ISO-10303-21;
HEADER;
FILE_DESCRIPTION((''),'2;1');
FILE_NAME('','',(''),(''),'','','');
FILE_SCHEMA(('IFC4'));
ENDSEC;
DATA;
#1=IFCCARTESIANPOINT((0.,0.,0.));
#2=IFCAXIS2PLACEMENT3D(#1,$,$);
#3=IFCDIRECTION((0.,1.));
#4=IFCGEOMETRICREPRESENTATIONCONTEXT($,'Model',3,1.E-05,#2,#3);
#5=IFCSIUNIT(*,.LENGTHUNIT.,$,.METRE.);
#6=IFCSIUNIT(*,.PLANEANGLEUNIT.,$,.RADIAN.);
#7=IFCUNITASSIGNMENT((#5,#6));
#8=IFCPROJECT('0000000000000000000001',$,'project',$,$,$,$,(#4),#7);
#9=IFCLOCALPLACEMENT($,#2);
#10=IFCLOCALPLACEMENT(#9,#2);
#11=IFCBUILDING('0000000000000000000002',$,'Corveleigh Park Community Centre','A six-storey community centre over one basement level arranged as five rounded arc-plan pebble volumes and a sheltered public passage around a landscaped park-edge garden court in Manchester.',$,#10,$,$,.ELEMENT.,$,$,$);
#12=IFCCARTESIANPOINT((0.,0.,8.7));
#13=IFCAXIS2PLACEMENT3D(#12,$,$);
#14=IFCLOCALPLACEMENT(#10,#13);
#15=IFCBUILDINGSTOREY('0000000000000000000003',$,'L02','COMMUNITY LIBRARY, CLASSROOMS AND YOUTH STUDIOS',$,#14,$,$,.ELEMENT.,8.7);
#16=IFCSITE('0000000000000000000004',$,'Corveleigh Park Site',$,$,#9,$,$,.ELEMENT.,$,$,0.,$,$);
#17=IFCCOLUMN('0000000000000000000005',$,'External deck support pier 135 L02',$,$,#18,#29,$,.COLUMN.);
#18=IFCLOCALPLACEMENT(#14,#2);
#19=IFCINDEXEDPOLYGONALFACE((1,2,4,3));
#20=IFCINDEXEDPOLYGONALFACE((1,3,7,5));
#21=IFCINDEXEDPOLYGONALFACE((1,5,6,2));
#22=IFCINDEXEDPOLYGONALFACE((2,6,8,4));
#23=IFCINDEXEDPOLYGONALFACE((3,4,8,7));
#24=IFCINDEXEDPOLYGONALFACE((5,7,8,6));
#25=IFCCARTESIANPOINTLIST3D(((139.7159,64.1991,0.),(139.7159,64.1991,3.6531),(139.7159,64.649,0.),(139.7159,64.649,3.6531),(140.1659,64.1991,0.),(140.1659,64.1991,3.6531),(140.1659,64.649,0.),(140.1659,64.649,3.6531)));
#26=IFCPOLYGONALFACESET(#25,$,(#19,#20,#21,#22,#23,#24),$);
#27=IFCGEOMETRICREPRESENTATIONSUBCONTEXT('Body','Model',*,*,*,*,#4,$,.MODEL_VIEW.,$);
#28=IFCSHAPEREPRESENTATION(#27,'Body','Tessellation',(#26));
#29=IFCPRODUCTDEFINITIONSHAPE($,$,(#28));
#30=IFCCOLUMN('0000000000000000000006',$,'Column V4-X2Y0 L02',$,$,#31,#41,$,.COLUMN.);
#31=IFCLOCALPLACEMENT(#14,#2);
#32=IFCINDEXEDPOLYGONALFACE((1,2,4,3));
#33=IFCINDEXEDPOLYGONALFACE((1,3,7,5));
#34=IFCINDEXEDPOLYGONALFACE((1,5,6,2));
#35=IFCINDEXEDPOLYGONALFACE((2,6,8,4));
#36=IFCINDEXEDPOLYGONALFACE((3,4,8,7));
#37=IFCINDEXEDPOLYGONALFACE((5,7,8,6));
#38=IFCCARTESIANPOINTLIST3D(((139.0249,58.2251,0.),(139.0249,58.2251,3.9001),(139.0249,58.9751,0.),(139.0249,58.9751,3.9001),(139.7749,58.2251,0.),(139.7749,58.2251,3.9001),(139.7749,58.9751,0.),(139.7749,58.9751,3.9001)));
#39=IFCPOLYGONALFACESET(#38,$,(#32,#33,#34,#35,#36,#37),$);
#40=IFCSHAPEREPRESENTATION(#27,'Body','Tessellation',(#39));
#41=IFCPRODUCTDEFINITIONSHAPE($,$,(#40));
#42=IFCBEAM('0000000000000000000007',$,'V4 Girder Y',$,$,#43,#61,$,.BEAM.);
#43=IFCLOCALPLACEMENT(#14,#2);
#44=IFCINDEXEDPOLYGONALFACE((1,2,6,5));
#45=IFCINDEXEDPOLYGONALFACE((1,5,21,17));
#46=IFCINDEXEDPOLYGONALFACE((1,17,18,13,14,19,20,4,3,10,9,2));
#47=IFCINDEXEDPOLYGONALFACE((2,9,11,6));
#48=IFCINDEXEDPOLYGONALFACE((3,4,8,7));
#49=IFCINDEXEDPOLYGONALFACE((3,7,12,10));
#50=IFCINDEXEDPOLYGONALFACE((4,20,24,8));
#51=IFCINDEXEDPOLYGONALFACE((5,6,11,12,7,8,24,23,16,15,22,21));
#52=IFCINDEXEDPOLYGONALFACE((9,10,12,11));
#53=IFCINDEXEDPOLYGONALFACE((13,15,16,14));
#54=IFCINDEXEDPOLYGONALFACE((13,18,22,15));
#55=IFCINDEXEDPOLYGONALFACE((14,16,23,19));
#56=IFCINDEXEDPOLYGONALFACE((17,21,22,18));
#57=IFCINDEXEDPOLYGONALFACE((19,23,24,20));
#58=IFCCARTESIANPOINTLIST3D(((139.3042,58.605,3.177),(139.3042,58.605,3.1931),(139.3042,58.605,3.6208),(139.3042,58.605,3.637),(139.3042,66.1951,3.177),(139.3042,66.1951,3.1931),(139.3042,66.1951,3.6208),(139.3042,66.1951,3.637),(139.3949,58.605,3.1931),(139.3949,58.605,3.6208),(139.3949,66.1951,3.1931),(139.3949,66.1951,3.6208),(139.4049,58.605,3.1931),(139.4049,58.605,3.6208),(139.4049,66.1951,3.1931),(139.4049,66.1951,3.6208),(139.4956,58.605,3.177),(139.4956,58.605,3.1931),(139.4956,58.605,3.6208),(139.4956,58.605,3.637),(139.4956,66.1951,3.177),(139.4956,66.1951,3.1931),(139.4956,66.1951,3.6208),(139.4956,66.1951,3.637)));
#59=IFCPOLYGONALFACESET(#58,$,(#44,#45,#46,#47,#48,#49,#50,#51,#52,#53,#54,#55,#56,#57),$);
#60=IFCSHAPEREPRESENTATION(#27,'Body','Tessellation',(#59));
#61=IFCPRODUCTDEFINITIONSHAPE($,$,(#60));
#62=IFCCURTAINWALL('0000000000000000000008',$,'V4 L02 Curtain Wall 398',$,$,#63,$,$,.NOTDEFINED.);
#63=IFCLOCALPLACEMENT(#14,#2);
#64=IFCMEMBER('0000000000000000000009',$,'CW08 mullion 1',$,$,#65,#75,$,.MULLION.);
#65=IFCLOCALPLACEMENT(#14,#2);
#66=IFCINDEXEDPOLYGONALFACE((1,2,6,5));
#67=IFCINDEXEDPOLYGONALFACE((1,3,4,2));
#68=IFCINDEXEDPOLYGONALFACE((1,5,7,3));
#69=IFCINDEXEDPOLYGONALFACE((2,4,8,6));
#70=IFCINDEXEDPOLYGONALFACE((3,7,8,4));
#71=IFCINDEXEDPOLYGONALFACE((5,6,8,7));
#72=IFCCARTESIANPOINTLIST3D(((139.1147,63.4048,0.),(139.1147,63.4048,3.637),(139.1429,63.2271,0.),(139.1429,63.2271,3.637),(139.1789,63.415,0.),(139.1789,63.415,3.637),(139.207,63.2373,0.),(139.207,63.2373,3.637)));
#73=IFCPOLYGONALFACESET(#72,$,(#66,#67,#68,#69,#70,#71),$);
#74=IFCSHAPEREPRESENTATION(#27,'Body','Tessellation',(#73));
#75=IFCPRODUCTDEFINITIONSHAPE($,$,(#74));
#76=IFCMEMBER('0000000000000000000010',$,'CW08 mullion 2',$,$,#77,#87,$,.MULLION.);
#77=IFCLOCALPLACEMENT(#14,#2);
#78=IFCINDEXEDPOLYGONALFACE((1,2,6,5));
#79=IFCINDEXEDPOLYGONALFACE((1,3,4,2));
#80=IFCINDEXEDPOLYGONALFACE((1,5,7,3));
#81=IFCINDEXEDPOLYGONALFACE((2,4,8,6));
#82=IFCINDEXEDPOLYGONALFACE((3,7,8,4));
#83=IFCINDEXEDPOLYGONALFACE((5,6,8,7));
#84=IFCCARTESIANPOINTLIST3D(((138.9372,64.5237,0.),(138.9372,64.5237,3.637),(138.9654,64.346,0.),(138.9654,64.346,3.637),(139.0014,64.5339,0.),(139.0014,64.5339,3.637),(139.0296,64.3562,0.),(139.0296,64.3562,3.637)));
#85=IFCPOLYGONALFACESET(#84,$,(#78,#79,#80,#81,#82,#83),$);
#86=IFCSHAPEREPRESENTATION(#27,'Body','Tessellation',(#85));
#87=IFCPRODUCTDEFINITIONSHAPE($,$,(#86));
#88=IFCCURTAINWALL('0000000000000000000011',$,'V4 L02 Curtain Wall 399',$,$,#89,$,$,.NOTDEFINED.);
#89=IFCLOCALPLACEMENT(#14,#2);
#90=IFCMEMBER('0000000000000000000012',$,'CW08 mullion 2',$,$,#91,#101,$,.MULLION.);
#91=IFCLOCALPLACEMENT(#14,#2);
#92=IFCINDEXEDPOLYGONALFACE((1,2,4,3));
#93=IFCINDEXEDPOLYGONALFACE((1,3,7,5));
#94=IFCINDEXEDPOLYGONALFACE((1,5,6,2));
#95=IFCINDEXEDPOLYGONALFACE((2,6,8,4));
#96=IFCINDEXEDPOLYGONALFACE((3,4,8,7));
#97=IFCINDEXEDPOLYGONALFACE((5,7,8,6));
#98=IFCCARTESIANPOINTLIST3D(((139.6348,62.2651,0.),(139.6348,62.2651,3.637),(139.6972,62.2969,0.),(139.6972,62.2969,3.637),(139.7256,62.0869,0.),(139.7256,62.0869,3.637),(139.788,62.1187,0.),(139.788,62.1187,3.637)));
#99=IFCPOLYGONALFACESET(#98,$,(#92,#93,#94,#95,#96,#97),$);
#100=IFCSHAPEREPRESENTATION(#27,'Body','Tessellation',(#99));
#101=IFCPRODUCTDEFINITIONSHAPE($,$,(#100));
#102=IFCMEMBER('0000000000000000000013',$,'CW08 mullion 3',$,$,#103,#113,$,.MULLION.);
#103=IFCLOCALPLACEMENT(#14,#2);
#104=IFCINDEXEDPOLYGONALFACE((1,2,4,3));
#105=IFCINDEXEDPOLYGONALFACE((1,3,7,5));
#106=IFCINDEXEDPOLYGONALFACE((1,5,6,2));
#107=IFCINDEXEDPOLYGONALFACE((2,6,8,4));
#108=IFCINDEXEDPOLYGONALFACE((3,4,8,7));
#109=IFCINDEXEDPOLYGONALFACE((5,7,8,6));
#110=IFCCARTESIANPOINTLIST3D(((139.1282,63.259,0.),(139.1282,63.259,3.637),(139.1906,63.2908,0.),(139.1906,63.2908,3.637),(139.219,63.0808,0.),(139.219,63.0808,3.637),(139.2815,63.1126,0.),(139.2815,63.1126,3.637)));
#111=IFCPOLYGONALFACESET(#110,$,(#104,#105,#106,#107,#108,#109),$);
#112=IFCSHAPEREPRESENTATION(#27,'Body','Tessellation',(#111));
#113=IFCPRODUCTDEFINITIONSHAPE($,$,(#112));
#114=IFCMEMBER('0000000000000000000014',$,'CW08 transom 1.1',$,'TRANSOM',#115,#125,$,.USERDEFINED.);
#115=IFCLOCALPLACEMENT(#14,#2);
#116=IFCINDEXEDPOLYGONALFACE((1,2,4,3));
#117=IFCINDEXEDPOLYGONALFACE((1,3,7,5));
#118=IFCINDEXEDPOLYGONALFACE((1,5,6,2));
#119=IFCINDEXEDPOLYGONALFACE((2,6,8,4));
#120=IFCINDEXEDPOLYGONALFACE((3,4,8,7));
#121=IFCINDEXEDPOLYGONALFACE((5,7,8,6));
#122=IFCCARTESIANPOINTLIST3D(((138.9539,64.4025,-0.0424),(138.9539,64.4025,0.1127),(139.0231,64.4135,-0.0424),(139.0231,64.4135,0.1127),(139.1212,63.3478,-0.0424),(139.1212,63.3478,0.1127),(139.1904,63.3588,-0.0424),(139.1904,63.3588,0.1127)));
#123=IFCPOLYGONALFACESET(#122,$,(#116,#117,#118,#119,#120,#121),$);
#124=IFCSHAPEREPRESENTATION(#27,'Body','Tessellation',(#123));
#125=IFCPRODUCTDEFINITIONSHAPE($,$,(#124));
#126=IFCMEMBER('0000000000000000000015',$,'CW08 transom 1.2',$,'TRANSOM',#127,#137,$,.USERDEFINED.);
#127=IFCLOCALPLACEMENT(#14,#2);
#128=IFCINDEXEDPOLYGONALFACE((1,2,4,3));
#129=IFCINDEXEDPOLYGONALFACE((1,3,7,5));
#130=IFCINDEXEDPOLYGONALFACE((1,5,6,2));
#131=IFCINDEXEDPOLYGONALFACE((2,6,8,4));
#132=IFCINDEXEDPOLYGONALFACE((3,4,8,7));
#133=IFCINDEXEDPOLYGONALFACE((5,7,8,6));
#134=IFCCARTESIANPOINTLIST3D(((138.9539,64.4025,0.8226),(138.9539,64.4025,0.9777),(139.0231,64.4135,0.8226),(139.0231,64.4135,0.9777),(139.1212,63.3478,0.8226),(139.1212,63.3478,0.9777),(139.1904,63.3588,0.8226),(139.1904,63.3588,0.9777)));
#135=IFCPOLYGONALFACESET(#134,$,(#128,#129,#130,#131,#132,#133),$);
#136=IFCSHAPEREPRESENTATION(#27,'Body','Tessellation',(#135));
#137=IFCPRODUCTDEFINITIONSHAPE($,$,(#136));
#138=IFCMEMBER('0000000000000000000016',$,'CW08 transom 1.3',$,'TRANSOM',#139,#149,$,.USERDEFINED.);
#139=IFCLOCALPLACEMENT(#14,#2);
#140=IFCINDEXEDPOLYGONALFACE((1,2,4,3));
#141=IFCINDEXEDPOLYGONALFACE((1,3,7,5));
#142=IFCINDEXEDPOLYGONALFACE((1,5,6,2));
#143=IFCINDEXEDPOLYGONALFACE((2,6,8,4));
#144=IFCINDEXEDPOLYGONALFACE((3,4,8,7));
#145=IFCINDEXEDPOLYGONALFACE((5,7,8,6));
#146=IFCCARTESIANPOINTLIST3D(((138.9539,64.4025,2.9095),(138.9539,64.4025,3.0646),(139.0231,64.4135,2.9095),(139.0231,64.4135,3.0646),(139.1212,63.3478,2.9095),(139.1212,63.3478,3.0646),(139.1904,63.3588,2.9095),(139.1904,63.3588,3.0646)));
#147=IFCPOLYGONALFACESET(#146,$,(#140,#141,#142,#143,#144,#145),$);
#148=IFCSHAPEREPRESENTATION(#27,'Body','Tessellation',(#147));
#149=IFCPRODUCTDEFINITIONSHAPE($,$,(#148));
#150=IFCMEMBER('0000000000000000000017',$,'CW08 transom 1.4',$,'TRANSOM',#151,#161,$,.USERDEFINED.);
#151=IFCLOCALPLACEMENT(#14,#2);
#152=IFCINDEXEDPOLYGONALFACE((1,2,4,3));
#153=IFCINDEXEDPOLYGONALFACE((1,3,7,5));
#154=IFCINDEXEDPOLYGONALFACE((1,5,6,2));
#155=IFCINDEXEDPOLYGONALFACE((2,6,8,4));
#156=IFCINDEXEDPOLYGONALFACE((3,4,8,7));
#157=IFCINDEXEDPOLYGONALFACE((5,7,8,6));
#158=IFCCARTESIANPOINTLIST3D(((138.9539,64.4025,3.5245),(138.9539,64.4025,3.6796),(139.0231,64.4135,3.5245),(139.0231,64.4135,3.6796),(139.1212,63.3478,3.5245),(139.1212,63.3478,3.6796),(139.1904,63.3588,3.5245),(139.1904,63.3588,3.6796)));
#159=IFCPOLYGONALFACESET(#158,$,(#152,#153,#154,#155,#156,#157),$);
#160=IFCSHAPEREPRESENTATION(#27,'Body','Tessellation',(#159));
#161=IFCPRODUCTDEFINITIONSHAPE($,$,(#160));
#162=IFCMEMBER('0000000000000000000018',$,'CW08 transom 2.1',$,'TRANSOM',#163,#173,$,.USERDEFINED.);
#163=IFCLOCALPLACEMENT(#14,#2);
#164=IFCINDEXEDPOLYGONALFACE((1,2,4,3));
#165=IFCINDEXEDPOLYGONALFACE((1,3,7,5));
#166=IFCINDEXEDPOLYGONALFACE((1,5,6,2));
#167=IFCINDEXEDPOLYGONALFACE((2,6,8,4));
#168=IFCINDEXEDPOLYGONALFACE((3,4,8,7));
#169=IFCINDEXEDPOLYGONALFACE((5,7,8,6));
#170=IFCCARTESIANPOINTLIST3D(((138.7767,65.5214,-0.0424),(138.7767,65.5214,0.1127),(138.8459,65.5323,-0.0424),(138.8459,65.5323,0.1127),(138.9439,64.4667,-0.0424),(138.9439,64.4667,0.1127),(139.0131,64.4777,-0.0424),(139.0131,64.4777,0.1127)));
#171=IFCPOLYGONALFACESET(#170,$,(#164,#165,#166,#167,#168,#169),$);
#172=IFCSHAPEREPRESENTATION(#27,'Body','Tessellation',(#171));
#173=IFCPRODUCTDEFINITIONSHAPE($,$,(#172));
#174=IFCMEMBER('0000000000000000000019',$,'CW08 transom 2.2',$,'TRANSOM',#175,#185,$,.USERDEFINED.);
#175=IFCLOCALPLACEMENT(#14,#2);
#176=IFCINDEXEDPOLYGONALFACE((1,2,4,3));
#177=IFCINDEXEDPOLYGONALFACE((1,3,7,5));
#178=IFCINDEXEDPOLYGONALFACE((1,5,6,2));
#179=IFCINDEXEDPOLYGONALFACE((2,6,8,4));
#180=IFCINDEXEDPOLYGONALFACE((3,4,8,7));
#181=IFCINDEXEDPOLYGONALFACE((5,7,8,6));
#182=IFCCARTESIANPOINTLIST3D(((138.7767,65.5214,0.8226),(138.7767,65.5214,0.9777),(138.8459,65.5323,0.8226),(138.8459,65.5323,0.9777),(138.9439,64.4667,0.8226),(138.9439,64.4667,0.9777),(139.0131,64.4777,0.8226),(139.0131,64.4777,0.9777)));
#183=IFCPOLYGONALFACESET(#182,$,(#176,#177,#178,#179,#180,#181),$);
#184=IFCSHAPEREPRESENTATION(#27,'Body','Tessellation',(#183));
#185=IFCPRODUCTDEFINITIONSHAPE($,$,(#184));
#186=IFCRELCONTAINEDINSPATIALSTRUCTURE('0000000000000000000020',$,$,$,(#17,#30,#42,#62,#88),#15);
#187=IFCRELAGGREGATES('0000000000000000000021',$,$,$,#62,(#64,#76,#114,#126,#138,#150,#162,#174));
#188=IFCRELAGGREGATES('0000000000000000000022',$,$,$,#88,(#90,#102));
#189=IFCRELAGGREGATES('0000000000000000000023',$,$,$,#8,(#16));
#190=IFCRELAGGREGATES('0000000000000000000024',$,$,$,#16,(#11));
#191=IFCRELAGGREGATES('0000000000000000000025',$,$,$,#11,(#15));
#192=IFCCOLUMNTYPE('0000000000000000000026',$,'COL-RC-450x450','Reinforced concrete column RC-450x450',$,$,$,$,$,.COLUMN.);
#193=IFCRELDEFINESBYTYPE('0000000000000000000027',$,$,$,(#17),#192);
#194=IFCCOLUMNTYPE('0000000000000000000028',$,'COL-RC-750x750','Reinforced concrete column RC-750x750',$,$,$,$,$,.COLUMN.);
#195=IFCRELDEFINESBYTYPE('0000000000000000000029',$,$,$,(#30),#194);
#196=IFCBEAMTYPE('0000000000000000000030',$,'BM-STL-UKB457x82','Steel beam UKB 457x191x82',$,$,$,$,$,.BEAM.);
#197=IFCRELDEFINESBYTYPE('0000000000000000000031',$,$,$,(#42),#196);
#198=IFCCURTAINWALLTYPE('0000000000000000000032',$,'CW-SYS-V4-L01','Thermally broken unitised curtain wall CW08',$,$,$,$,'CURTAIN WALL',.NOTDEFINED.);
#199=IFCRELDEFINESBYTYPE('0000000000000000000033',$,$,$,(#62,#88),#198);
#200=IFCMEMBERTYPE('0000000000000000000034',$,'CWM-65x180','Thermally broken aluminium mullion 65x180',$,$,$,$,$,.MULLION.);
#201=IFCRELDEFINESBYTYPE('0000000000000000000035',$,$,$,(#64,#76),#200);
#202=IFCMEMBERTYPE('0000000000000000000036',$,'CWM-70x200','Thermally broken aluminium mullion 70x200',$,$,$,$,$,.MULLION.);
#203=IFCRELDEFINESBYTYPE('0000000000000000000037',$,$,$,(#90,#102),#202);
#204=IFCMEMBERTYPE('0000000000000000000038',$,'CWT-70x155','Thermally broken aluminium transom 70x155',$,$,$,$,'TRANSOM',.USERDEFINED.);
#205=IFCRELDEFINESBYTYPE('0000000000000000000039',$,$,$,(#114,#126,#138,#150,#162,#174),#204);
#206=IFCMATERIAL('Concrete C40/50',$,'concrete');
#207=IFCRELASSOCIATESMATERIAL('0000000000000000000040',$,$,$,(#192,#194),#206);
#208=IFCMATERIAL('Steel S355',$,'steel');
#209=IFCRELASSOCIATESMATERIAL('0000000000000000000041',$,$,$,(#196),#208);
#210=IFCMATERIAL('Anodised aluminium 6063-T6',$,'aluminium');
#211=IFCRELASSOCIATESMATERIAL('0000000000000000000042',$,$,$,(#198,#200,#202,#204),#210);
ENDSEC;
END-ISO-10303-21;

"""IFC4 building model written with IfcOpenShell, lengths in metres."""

from ifc_helpers import new_model, si_unit, direction, frame, origin, origin_2d, place, context, subcontext, project, spatial, rectangle, i_section, extrude, material, material_profile, profile_set, type_object, element, aggregate, save


model = new_model("IFC4")

# Units and contexts
model_context = context("Model", 3, precision=1e-05, world=origin(), true_north=direction((0.0, 1.0)))
body_context = subcontext(model_context, "Body", "Model", "MODEL_VIEW")
ifc_project = project(units=[si_unit("LENGTHUNIT", "METRE"), si_unit("PLANEANGLEUNIT", "RADIAN")], contexts=[model_context])

# Site, building, storey
site_placement = place(None, origin())
site = spatial("IfcSite", under=ifc_project, at=site_placement, Name="Corveleigh Park Site", CompositionType="ELEMENT", RefElevation=0.0)
building_placement = place(site_placement, origin())
building = spatial("IfcBuilding", under=site, at=building_placement, Name="Corveleigh Park Community Centre", Description="A six-storey community centre over one basement level arranged as five rounded arc-plan pebble volumes and a sheltered public passage around a landscaped park-edge garden court in Manchester.", CompositionType="ELEMENT")
storey_placement = place(building_placement, frame((0.0, 0.0, 8.7)))
storey = spatial("IfcBuildingStorey", under=building, at=storey_placement, Name="L02", Description="COMMUNITY LIBRARY, CLASSROOMS AND YOUTH STUDIOS", CompositionType="ELEMENT", Elevation=8.7)

# Columns
ifc_material_1 = material(Name="Concrete C40/50", Category="concrete")
ifc_material_profile_1 = material_profile(ifc_material_1, rectangle(XDim=0.45, YDim=0.45, at=origin_2d()), Name="RC-450x450", Category="concrete")
ifc_profile_set_1 = profile_set([ifc_material_profile_1], Name="Concrete C40/50")
column_type_1 = type_object("IfcColumnType", Name="COL-RC-450x450", Description="Reinforced concrete column RC-450x450", PredefinedType="COLUMN", material=ifc_profile_set_1)
column_1_placement = place(storey_placement, frame((139.9409, 64.4241, 0.0), z_axis=(0.0, 0.0, 1.0), x_axis=(1.0, 0.0, 0.0)))
element("IfcColumn", 1, at=column_1_placement, inside=storey, type_object=column_type_1, Name="External deck support pier 135 L02", PredefinedType="COLUMN", context=body_context, shape_type="SweptSolid", body=[
    extrude(rectangle(XDim=0.45, YDim=0.45, at=origin_2d()), origin(), (0.0, 0.0, 1.0), 3.6531),
])
ifc_material_profile_2 = material_profile(ifc_material_1, rectangle(XDim=0.75, YDim=0.75, at=origin_2d()), Name="RC-750x750", Category="concrete")
ifc_profile_set_2 = profile_set([ifc_material_profile_2], Name="Concrete C40/50")
column_type_2 = type_object("IfcColumnType", Name="COL-RC-750x750", Description="Reinforced concrete column RC-750x750", PredefinedType="COLUMN", material=ifc_profile_set_2)
column_2_placement = place(storey_placement, frame((139.3999, 58.6001, 0.0), z_axis=(0.0, 0.0, 1.0), x_axis=(1.0, 0.0, 0.0)))
element("IfcColumn", 2, at=column_2_placement, inside=storey, type_object=column_type_2, Name="Column V4-X2Y0 L02", PredefinedType="COLUMN", context=body_context, shape_type="SweptSolid", body=[
    extrude(rectangle(XDim=0.75, YDim=0.75, at=origin_2d()), origin(), (0.0, 0.0, 1.0), 3.9001),
])

# Beam
ifc_material_2 = material(Name="Steel S355", Category="steel")
ifc_material_profile_3 = material_profile(ifc_material_2, i_section(OverallWidth=0.1914, OverallDepth=0.46, WebThickness=0.01, FlangeThickness=0.0161, at=origin_2d()), Name="UKB 457x191x82", Category="steel")
ifc_profile_set_3 = profile_set([ifc_material_profile_3], Name="Steel S355")
beam_type_1 = type_object("IfcBeamType", Name="BM-STL-UKB457x82", Description="Steel beam UKB 457x191x82", PredefinedType="BEAM", material=ifc_profile_set_3)
beam_1_placement = place(storey_placement, frame((139.3999, 58.605, 3.407), z_axis=(0.0, 1.0, 0.0), x_axis=(-1.0, 0.0, 0.0)))
element("IfcBeam", 3, at=beam_1_placement, inside=storey, type_object=beam_type_1, Name="V4 Girder Y", PredefinedType="BEAM", context=body_context, shape_type="SweptSolid", body=[
    extrude(i_section(OverallWidth=0.1914, OverallDepth=0.46, WebThickness=0.01, FlangeThickness=0.0161, at=origin_2d()), origin(), (0.0, 0.0, 1.0), 7.5901),
])

# Curtain walls, members
ifc_material_3 = material(Name="Anodised aluminium 6063-T6", Category="aluminium")
curtain_wall_type = type_object("IfcCurtainWallType", Name="CW-SYS-V4-L01", Description="Thermally broken unitised curtain wall CW08", ElementType="CURTAIN WALL", PredefinedType="NOTDEFINED", material=ifc_material_3)
curtain_wall_1_placement = place(storey_placement, origin())
curtain_wall_1 = element("IfcCurtainWall", 4, at=curtain_wall_1_placement, inside=storey, type_object=curtain_wall_type, Name="V4 L02 Curtain Wall 398", PredefinedType="NOTDEFINED")
ifc_material_profile_4 = material_profile(ifc_material_3, rectangle(XDim=0.0649, YDim=0.1799, at=origin_2d()), Name="ALU-M65x180", Category="aluminium")
ifc_profile_set_4 = profile_set([ifc_material_profile_4], Name="Anodised aluminium 6063-T6")
member_type_1 = type_object("IfcMemberType", Name="CWM-65x180", Description="Thermally broken aluminium mullion 65x180", PredefinedType="MULLION", material=ifc_profile_set_4)
member_1_placement = place(storey_placement, frame((139.1609, 63.321, 0.0), z_axis=(0.0, 0.0, 1.0), x_axis=(-0.987662, -0.156601, 0.0)))
member_1 = element("IfcMember", 5, at=member_1_placement, type_object=member_type_1, Name="CW08 mullion 1", PredefinedType="MULLION", context=body_context, shape_type="SweptSolid", body=[
    extrude(rectangle(XDim=0.0649, YDim=0.1799, at=origin_2d()), origin(), (0.0, 0.0, 1.0), 3.637),
])
member_2_placement = place(storey_placement, frame((138.9834, 64.4399, 0.0), z_axis=(0.0, 0.0, 1.0), x_axis=(-0.987662, -0.156601, 0.0)))
member_2 = element("IfcMember", 6, at=member_2_placement, type_object=member_type_1, Name="CW08 mullion 2", PredefinedType="MULLION", context=body_context, shape_type="SweptSolid", body=[
    extrude(rectangle(XDim=0.0649, YDim=0.1799, at=origin_2d()), origin(), (0.0, 0.0, 1.0), 3.637),
])
curtain_wall_2_placement = place(storey_placement, origin())
curtain_wall_2 = element("IfcCurtainWall", 7, at=curtain_wall_2_placement, inside=storey, type_object=curtain_wall_type, Name="V4 L02 Curtain Wall 399", PredefinedType="NOTDEFINED")
ifc_material_profile_5 = material_profile(ifc_material_3, rectangle(XDim=0.0701, YDim=0.2, at=origin_2d()), Name="ALU-M70x200", Category="aluminium")
ifc_profile_set_5 = profile_set([ifc_material_profile_5], Name="Anodised aluminium 6063-T6")
member_type_2 = type_object("IfcMemberType", Name="CWM-70x200", Description="Thermally broken aluminium mullion 70x200", PredefinedType="MULLION", material=ifc_profile_set_5)
member_3_placement = place(storey_placement, frame((139.7114, 62.1919, 0.0), z_axis=(0.0, 0.0, 1.0), x_axis=(-0.890923, -0.454154, 0.0)))
member_3 = element("IfcMember", 8, at=member_3_placement, type_object=member_type_2, Name="CW08 mullion 2", PredefinedType="MULLION", context=body_context, shape_type="SweptSolid", body=[
    extrude(rectangle(XDim=0.0701, YDim=0.2, at=origin_2d()), origin(), (0.0, 0.0, 1.0), 3.637),
])
member_4_placement = place(storey_placement, frame((139.2048, 63.1858, 0.0), z_axis=(0.0, 0.0, 1.0), x_axis=(-0.890923, -0.454154, 0.0)))
member_4 = element("IfcMember", 9, at=member_4_placement, type_object=member_type_2, Name="CW08 mullion 3", PredefinedType="MULLION", context=body_context, shape_type="SweptSolid", body=[
    extrude(rectangle(XDim=0.0701, YDim=0.2, at=origin_2d()), origin(), (0.0, 0.0, 1.0), 3.637),
])

# Members
ifc_material_profile_6 = material_profile(ifc_material_3, rectangle(XDim=0.0701, YDim=0.155, at=origin_2d()), Name="ALU-T70x155", Category="aluminium")
ifc_profile_set_6 = profile_set([ifc_material_profile_6], Name="Anodised aluminium 6063-T6")
member_type_3 = type_object("IfcMemberType", Name="CWT-70x155", Description="Thermally broken aluminium transom 70x155", ElementType="TRANSOM", PredefinedType="USERDEFINED", material=ifc_profile_set_6)
member_5_placement = place(storey_placement, frame((139.1558, 63.3533, 0.0352), z_axis=(-0.156608, 0.987661, 0.0), x_axis=(-0.987661, -0.156608, 0.0)))
member_5 = element("IfcMember", 10, at=member_5_placement, type_object=member_type_3, Name="CW08 transom 1.1", ObjectType="TRANSOM", PredefinedType="USERDEFINED", context=body_context, shape_type="SweptSolid", body=[
    extrude(rectangle(XDim=0.0701, YDim=0.155, at=origin_2d()), origin(), (0.0, 0.0, 1.0), 1.0679),
])
member_6_placement = place(storey_placement, frame((139.1558, 63.3533, 0.9001), z_axis=(-0.156608, 0.987661, 0.0), x_axis=(-0.987661, -0.156608, 0.0)))
member_6 = element("IfcMember", 11, at=member_6_placement, type_object=member_type_3, Name="CW08 transom 1.2", ObjectType="TRANSOM", PredefinedType="USERDEFINED", context=body_context, shape_type="SweptSolid", body=[
    extrude(rectangle(XDim=0.0701, YDim=0.155, at=origin_2d()), origin(), (0.0, 0.0, 1.0), 1.0679),
])
member_7_placement = place(storey_placement, frame((139.1558, 63.3533, 2.9871), z_axis=(-0.156608, 0.987661, 0.0), x_axis=(-0.987661, -0.156608, 0.0)))
member_7 = element("IfcMember", 12, at=member_7_placement, type_object=member_type_3, Name="CW08 transom 1.3", ObjectType="TRANSOM", PredefinedType="USERDEFINED", context=body_context, shape_type="SweptSolid", body=[
    extrude(rectangle(XDim=0.0701, YDim=0.155, at=origin_2d()), origin(), (0.0, 0.0, 1.0), 1.0679),
])
member_8_placement = place(storey_placement, frame((139.1558, 63.3533, 3.6021), z_axis=(-0.156608, 0.987661, 0.0), x_axis=(-0.987661, -0.156608, 0.0)))
member_8 = element("IfcMember", 13, at=member_8_placement, type_object=member_type_3, Name="CW08 transom 1.4", ObjectType="TRANSOM", PredefinedType="USERDEFINED", context=body_context, shape_type="SweptSolid", body=[
    extrude(rectangle(XDim=0.0701, YDim=0.155, at=origin_2d()), origin(), (0.0, 0.0, 1.0), 1.0679),
])
member_9_placement = place(storey_placement, frame((138.9785, 64.4722, 0.0352), z_axis=(-0.156608, 0.987661, 0.0), x_axis=(-0.987661, -0.156608, 0.0)))
member_9 = element("IfcMember", 14, at=member_9_placement, type_object=member_type_3, Name="CW08 transom 2.1", ObjectType="TRANSOM", PredefinedType="USERDEFINED", context=body_context, shape_type="SweptSolid", body=[
    extrude(rectangle(XDim=0.0701, YDim=0.155, at=origin_2d()), origin(), (0.0, 0.0, 1.0), 1.0679),
])
member_10_placement = place(storey_placement, frame((138.9785, 64.4722, 0.9001), z_axis=(-0.156608, 0.987661, 0.0), x_axis=(-0.987661, -0.156608, 0.0)))
member_10 = element("IfcMember", 15, at=member_10_placement, type_object=member_type_3, Name="CW08 transom 2.2", ObjectType="TRANSOM", PredefinedType="USERDEFINED", context=body_context, shape_type="SweptSolid", body=[
    extrude(rectangle(XDim=0.0701, YDim=0.155, at=origin_2d()), origin(), (0.0, 0.0, 1.0), 1.0679),
])

aggregate(curtain_wall_1, [member_1, member_2, member_5, member_6, member_7, member_8, member_9, member_10])
aggregate(curtain_wall_2, [member_3, member_4])

save(model, "model.ifc")
